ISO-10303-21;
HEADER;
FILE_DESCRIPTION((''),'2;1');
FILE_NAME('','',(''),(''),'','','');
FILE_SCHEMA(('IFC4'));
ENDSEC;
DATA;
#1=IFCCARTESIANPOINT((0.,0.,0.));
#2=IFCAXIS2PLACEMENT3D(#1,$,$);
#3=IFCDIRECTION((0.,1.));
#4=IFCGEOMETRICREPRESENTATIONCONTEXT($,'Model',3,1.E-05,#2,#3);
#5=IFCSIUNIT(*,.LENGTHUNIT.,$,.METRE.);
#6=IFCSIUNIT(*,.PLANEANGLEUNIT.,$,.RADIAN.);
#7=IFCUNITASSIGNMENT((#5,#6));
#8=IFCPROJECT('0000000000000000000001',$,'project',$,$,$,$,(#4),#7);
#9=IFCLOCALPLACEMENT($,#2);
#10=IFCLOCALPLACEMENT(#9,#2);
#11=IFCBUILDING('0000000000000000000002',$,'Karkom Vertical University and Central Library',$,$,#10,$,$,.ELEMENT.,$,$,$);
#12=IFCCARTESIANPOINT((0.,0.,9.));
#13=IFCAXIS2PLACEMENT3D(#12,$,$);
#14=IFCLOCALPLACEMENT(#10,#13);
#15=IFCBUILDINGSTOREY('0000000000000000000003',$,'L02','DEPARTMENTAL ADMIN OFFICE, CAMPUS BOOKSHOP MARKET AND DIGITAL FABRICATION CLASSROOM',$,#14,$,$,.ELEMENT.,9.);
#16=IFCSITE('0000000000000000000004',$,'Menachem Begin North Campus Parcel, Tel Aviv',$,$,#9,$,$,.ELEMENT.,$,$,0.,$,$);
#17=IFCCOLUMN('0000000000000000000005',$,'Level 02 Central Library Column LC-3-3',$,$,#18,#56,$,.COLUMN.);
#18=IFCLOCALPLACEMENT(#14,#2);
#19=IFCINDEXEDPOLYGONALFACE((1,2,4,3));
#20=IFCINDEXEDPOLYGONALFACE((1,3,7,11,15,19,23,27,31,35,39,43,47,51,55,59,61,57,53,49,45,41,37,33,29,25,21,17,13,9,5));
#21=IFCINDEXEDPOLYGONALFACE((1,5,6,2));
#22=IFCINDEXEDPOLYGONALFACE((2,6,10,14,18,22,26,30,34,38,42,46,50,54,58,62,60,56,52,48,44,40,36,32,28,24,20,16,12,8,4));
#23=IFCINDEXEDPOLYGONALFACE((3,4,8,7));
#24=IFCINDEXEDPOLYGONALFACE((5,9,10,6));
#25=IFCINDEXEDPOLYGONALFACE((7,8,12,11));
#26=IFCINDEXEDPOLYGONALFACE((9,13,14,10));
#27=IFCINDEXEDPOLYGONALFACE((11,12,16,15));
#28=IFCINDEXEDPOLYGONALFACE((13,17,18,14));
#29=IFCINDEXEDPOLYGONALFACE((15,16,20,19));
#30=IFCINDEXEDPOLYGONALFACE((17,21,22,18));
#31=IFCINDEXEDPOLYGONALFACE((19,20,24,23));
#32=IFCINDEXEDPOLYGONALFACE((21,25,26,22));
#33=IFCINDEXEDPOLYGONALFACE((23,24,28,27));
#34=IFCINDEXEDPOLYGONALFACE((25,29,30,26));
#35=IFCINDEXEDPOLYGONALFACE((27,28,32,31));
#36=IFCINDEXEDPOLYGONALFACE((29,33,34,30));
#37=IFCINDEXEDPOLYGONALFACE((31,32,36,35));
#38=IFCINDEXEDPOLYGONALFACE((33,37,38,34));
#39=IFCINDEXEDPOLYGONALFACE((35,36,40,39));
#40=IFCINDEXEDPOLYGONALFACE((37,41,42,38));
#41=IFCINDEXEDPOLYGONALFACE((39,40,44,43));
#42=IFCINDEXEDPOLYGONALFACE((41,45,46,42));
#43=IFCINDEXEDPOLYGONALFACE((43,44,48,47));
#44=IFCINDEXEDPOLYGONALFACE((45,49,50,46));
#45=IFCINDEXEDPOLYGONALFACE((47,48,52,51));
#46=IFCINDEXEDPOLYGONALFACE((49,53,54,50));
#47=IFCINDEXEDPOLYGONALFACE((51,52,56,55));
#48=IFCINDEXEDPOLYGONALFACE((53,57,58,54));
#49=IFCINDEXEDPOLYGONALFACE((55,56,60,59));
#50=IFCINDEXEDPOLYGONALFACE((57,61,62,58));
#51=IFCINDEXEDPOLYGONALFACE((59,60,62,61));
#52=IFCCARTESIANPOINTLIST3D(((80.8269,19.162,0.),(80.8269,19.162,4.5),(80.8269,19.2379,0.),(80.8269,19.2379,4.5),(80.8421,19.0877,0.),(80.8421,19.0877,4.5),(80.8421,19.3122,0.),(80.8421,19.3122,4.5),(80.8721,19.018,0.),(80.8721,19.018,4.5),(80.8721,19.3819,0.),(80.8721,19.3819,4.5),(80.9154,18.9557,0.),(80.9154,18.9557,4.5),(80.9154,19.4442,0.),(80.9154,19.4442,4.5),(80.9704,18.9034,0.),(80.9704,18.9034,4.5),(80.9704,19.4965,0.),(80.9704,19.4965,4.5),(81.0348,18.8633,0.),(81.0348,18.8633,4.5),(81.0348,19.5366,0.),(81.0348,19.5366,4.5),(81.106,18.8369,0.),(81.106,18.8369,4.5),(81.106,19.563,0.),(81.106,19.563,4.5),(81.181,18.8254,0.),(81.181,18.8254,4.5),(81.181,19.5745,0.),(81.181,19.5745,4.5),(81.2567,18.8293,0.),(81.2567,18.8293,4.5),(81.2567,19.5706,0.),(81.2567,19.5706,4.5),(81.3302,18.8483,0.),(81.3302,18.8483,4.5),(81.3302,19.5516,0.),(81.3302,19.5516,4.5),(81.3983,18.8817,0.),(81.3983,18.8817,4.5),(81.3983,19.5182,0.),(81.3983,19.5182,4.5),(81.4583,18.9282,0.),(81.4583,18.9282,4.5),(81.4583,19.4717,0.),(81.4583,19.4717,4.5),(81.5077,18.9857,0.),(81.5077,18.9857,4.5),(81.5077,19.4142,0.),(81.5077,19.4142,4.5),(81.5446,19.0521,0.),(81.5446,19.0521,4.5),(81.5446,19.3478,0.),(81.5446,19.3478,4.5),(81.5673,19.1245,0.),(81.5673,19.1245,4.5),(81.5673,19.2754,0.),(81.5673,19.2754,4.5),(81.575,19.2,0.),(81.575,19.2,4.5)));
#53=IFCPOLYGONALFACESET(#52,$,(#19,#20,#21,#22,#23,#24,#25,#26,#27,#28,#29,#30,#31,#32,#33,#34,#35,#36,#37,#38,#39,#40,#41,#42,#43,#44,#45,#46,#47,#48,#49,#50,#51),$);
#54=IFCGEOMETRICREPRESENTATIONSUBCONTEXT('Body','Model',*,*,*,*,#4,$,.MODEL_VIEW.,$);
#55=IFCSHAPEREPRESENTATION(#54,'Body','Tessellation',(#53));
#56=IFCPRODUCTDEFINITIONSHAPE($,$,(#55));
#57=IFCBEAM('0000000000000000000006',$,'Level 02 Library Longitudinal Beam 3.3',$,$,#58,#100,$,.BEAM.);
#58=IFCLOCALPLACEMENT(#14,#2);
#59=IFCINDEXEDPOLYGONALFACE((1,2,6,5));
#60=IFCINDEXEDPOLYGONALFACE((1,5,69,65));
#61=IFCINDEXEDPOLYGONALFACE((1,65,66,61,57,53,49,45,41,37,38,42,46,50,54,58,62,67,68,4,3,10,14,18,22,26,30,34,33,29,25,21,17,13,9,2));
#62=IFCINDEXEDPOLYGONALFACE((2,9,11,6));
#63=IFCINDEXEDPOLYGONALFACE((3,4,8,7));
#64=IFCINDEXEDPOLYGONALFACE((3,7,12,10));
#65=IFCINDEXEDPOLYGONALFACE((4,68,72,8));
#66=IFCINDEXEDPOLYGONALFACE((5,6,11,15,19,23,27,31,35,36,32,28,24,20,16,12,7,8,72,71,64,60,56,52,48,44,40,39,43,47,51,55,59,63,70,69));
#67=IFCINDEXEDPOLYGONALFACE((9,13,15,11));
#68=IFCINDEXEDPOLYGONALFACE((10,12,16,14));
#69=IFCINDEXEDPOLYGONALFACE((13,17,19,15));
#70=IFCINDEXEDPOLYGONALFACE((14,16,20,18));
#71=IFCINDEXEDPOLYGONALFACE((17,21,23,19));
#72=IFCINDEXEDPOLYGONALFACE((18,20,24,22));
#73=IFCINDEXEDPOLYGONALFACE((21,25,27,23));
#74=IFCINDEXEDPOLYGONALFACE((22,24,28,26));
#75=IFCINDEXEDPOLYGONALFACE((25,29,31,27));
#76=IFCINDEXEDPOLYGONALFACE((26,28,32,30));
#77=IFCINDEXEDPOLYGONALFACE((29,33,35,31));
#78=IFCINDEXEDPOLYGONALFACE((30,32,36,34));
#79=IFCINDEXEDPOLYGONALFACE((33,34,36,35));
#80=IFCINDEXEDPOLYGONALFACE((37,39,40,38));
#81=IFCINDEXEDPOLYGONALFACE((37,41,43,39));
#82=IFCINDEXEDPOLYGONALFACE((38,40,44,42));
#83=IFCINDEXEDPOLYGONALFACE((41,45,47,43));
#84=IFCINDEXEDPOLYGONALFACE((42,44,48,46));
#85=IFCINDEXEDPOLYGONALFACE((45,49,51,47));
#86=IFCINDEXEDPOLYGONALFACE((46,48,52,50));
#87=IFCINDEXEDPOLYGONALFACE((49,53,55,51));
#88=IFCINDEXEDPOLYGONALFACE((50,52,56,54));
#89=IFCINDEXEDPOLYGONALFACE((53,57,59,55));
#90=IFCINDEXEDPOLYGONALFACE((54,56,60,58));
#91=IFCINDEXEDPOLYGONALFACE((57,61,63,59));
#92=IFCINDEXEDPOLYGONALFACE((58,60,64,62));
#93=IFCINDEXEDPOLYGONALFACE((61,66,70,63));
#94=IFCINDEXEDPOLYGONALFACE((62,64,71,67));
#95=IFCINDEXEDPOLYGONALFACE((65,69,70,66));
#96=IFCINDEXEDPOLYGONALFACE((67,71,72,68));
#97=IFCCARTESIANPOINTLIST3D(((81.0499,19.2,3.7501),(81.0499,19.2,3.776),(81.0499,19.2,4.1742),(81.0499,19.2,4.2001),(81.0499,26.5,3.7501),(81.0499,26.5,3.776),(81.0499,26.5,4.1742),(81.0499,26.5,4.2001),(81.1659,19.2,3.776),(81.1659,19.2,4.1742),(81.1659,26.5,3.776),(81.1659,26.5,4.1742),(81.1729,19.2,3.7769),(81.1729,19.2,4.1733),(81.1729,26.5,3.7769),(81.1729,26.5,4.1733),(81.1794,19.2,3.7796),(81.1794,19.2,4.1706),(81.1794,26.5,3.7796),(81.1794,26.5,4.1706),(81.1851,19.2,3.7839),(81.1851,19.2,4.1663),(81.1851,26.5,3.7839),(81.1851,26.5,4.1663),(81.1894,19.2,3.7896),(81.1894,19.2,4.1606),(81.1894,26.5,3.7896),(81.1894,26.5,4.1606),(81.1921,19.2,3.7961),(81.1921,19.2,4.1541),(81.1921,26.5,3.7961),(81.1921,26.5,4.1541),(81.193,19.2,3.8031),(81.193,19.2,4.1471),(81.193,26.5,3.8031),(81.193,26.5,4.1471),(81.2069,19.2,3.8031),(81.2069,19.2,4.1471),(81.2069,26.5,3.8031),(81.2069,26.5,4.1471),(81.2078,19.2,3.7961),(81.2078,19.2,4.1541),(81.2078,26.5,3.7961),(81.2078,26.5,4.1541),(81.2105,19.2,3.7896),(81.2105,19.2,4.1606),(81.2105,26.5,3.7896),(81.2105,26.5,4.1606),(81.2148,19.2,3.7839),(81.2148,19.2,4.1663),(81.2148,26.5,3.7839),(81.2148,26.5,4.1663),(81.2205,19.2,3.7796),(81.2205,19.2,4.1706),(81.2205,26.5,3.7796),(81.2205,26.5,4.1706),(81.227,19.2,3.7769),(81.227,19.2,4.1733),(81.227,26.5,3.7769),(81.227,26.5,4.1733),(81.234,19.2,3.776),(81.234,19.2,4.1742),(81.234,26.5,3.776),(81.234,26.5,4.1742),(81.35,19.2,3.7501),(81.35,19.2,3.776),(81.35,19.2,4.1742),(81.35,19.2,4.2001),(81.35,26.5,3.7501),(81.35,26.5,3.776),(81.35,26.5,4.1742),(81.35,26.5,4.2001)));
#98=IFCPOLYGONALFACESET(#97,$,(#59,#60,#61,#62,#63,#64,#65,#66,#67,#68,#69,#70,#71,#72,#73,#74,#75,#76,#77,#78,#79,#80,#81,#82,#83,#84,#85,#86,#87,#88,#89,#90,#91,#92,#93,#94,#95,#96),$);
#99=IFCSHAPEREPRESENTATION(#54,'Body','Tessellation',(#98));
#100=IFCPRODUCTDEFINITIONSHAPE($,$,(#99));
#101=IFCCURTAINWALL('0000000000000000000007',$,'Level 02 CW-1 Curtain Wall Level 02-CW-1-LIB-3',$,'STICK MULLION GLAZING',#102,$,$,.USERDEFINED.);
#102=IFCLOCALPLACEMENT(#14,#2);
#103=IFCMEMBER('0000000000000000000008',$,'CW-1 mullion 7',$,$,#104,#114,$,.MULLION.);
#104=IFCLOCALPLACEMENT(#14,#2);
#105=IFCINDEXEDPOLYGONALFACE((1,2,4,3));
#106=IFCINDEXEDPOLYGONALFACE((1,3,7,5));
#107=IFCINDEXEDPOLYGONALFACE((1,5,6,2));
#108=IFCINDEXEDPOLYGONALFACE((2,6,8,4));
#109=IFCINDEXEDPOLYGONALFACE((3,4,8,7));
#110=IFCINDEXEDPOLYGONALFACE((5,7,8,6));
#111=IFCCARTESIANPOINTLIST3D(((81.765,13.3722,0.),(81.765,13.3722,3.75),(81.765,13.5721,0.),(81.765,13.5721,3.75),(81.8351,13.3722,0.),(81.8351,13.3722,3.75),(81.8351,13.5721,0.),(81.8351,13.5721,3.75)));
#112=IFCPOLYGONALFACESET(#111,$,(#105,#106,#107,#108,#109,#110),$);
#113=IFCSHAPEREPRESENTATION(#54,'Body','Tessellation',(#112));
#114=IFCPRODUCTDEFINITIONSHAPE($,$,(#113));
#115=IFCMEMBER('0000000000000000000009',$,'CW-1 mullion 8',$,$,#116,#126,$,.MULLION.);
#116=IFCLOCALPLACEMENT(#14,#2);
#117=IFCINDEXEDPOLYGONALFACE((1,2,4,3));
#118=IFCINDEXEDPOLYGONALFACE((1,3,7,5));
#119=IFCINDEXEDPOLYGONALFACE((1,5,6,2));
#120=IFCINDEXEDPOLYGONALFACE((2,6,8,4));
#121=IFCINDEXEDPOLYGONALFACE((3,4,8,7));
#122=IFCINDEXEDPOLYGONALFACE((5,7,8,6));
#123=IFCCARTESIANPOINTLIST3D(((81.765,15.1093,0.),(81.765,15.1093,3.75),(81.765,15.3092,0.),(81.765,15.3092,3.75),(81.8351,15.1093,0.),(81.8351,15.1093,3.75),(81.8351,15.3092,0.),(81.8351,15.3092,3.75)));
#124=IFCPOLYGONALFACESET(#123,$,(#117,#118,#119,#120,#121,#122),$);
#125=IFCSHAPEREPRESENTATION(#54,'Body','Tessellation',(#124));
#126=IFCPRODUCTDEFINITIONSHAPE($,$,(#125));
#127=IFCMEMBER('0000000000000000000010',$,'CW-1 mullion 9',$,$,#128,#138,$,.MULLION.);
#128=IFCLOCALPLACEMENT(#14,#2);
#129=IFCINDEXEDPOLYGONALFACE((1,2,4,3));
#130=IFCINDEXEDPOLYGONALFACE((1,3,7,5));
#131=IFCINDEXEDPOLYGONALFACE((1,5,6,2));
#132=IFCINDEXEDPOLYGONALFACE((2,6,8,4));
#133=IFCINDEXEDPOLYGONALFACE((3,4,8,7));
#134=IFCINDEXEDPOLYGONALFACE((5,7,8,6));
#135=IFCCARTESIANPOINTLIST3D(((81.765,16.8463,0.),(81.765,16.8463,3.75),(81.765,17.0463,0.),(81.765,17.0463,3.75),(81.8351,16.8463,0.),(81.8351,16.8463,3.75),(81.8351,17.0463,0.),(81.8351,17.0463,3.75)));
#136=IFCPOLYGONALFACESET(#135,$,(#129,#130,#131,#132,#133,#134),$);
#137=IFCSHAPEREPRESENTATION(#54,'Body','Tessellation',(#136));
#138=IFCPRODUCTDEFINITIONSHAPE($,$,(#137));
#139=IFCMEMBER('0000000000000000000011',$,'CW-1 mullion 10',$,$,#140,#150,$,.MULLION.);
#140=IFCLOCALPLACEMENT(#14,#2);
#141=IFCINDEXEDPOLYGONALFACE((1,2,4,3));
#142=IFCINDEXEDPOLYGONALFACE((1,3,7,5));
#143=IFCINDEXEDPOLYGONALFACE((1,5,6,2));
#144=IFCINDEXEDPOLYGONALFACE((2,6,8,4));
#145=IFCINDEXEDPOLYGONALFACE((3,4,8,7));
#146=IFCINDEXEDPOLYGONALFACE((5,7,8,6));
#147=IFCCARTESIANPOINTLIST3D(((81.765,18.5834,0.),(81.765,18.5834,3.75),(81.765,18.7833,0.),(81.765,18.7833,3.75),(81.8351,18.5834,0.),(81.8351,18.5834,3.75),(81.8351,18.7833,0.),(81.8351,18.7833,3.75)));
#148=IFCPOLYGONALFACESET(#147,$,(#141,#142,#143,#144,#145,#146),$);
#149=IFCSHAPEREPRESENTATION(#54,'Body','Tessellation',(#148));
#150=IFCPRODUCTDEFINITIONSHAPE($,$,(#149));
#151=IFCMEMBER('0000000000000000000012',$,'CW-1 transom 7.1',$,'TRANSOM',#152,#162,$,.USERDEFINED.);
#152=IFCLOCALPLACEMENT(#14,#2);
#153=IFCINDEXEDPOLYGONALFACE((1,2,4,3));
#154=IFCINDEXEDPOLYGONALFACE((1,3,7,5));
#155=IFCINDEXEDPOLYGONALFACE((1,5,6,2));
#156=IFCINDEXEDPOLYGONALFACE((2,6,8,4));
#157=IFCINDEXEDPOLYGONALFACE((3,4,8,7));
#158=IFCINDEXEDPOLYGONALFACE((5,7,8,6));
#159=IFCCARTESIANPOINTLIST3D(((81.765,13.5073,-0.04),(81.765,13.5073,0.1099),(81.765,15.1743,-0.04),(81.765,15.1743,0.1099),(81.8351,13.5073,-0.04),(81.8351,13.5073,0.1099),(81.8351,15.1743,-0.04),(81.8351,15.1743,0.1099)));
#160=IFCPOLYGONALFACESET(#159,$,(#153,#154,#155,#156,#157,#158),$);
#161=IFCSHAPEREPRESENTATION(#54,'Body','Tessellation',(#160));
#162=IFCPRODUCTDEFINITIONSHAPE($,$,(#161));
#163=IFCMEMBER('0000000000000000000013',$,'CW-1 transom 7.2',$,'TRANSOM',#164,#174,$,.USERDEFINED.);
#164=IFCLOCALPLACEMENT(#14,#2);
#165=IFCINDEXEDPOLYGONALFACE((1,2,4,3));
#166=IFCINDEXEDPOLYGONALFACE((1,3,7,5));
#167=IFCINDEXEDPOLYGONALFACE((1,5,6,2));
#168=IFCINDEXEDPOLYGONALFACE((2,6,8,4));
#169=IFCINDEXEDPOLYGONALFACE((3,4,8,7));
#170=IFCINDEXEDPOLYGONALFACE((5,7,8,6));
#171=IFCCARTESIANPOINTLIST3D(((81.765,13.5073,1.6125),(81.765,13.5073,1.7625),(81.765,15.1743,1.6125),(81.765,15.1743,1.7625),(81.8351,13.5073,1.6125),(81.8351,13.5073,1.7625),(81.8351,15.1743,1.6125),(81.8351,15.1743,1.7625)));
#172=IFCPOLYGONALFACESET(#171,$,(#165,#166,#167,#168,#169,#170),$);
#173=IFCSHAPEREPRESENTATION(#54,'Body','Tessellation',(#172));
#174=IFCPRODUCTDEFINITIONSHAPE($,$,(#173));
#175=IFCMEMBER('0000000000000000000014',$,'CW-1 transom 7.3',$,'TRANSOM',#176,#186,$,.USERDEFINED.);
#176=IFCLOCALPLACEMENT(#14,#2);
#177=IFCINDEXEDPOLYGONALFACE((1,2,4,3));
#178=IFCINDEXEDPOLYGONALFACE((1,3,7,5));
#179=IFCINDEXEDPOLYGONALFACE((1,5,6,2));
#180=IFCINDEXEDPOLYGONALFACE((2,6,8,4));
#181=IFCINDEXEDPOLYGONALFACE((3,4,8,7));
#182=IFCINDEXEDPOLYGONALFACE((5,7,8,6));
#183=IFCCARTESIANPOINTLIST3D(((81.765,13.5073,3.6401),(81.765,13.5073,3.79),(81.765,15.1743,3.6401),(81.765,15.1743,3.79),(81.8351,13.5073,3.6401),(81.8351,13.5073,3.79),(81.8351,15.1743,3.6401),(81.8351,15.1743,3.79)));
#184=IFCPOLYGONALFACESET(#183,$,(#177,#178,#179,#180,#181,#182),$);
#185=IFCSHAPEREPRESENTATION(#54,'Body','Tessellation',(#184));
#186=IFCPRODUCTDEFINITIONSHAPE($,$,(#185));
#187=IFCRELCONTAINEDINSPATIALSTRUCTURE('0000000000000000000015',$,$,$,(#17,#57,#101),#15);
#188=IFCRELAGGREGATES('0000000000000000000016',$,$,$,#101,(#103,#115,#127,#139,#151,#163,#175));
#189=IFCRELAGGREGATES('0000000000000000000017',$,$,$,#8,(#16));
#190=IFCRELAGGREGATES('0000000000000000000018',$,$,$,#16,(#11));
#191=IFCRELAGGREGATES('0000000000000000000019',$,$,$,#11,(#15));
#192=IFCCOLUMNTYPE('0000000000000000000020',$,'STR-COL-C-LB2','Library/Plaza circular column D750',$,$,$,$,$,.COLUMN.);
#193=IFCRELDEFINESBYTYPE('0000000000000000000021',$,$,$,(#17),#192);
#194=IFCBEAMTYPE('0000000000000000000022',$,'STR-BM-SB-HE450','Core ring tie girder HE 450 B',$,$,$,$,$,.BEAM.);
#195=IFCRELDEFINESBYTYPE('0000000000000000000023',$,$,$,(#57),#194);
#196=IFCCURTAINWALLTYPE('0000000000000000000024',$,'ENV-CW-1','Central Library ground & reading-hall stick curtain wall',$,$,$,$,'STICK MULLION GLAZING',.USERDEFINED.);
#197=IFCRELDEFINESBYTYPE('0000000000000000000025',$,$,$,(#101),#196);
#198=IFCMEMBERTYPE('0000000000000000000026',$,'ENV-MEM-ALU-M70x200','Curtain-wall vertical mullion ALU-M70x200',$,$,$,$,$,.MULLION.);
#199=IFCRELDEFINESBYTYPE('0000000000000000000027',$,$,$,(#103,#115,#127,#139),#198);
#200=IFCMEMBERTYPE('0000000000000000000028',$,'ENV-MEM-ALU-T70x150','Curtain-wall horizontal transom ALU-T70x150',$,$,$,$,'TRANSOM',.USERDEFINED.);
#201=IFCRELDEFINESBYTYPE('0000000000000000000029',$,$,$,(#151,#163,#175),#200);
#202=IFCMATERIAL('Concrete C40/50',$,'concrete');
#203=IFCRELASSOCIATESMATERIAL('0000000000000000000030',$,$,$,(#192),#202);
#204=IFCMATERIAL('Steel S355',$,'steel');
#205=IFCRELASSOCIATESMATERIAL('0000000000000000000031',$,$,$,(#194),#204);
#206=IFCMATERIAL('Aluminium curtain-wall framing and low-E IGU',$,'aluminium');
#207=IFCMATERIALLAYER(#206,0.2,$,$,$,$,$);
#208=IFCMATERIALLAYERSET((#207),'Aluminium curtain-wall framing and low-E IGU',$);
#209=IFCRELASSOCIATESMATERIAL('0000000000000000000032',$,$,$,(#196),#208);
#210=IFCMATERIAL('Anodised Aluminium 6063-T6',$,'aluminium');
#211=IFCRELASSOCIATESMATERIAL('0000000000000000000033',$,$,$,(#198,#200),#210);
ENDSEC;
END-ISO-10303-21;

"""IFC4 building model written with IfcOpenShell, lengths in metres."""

from ifc_helpers import new_model, si_unit, direction, frame, origin, origin_with_axes, origin_2d, place, context, subcontext, project, spatial, rectangle, circle, i_section, extrude, source, transform, mapped, material, layer, layer_set, material_profile, profile_set, type_object, element, aggregate, save


model = new_model("IFC4")

# Units and contexts
model_context = context("Model", 3, precision=1e-05, world=origin(), true_north=direction((0.0, 1.0)))
body_context = subcontext(model_context, "Body", "Model", "MODEL_VIEW")
ifc_project = project(units=[si_unit("LENGTHUNIT", "METRE"), si_unit("PLANEANGLEUNIT", "RADIAN")], contexts=[model_context])

# Site, building, storey
site_placement = place(None, origin())
site = spatial("IfcSite", under=ifc_project, at=site_placement, Name="Menachem Begin North Campus Parcel, Tel Aviv", CompositionType="ELEMENT", RefElevation=0.0)
building_placement = place(site_placement, origin())
building = spatial("IfcBuilding", under=site, at=building_placement, Name="Karkom Vertical University and Central Library", CompositionType="ELEMENT")
storey_placement = place(building_placement, frame((0.0, 0.0, 9.0)))
storey = spatial("IfcBuildingStorey", under=building, at=storey_placement, Name="L02", Description="DEPARTMENTAL ADMIN OFFICE, CAMPUS BOOKSHOP MARKET AND DIGITAL FABRICATION CLASSROOM", CompositionType="ELEMENT", Elevation=9.0)

# Column
ifc_material_1 = material(Name="Concrete C40/50", Category="concrete")
ifc_material_profile_1 = material_profile(ifc_material_1, circle(Radius=0.375, at=origin_2d()), Name="RC-D750")
ifc_profile_set_1 = profile_set([ifc_material_profile_1], Name="Concrete C40/50")
column_type = type_object("IfcColumnType", Name="STR-COL-C-LB2", Description="Library/Plaza circular column D750", PredefinedType="COLUMN", material=ifc_profile_set_1)
shared_shape_1 = source(origin_with_axes(), body_context, "Body", "SweptSolid", [
    extrude(circle(Radius=0.375, at=origin_2d()), origin(), (0.0, 0.0, 1.0), 4.5),
])
column_placement = place(storey_placement, frame((81.2, 19.2, 0.0), z_axis=(0.0, 0.0, 1.0), x_axis=(1.0, 0.0, 0.0)))
element("IfcColumn", 1, at=column_placement, inside=storey, type_object=column_type, Name="Level 02 Central Library Column LC-3-3", PredefinedType="COLUMN", context=body_context, shape_type="MappedRepresentation", body=[
    mapped(shared_shape_1, transform((0.0, 0.0, 0.0), scale=1.0)),
])

# Beam
ifc_material_2 = material(Name="Steel S355", Category="steel")
ifc_material_profile_2 = material_profile(ifc_material_2, i_section(OverallWidth=0.3, OverallDepth=0.45, WebThickness=0.0139, FlangeThickness=0.0259, FilletRadius=0.0271, at=origin_2d()), Name="HE 450 B")
ifc_profile_set_2 = profile_set([ifc_material_profile_2], Name="Steel S355")
beam_type = type_object("IfcBeamType", Name="STR-BM-SB-HE450", Description="Core ring tie girder HE 450 B", PredefinedType="BEAM", material=ifc_profile_set_2)
shared_shape_2 = source(origin_with_axes(), body_context, "Body", "SweptSolid", [
    extrude(i_section(OverallWidth=0.3, OverallDepth=0.45, WebThickness=0.0139, FlangeThickness=0.0259, FilletRadius=0.0271, at=origin_2d()), origin(), (0.0, 0.0, 1.0), 7.3),
])
beam_placement = place(storey_placement, frame((81.2, 19.2, 3.9751), z_axis=(0.0, 1.0, 0.0), x_axis=(-1.0, 0.0, 0.0)))
element("IfcBeam", 2, at=beam_placement, inside=storey, type_object=beam_type, Name="Level 02 Library Longitudinal Beam 3.3", PredefinedType="BEAM", context=body_context, shape_type="MappedRepresentation", body=[
    mapped(shared_shape_2, transform((0.0, 0.0, 0.0), scale=1.0)),
])

# Curtain wall, members
ifc_material_3 = material(Name="Aluminium curtain-wall framing and low-E IGU", Category="aluminium")
ifc_layer_1 = layer(ifc_material_3, 0.2)
ifc_layer_set_1 = layer_set([ifc_layer_1], Name="Aluminium curtain-wall framing and low-E IGU")
curtain_wall_type = type_object("IfcCurtainWallType", Name="ENV-CW-1", Description="Central Library ground & reading-hall stick curtain wall", ElementType="STICK MULLION GLAZING", PredefinedType="USERDEFINED", material=ifc_layer_set_1)
curtain_wall_placement = place(storey_placement, origin())
curtain_wall = element("IfcCurtainWall", 3, at=curtain_wall_placement, inside=storey, type_object=curtain_wall_type, Name="Level 02 CW-1 Curtain Wall Level 02-CW-1-LIB-3", ObjectType="STICK MULLION GLAZING", PredefinedType="USERDEFINED")
ifc_material_4 = material(Name="Anodised Aluminium 6063-T6", Category="aluminium")
ifc_material_profile_3 = material_profile(ifc_material_4, rectangle(XDim=0.0701, YDim=0.2, at=origin_2d()), Name="ALU-M70x200")
ifc_profile_set_3 = profile_set([ifc_material_profile_3], Name="Anodised Aluminium 6063-T6")
member_type_1 = type_object("IfcMemberType", Name="ENV-MEM-ALU-M70x200", Description="Curtain-wall vertical mullion ALU-M70x200", PredefinedType="MULLION", material=ifc_profile_set_3)
shared_shape_3 = source(origin_with_axes(), body_context, "Body", "SweptSolid", [
    extrude(rectangle(XDim=0.0701, YDim=0.2, at=origin_2d()), origin(), (0.0, 0.0, 1.0), 3.75),
])
member_1_placement = place(storey_placement, frame((81.8, 13.4722, 0.0), z_axis=(0.0, 0.0, 1.0), x_axis=(-1.0, 0.0, 0.0)))
member_1 = element("IfcMember", 4, at=member_1_placement, type_object=member_type_1, Name="CW-1 mullion 7", PredefinedType="MULLION", context=body_context, shape_type="MappedRepresentation", body=[
    mapped(shared_shape_3, transform((0.0, 0.0, 0.0), scale=1.0)),
])
member_2_placement = place(storey_placement, frame((81.8, 15.2092, 0.0), z_axis=(0.0, 0.0, 1.0), x_axis=(-1.0, 0.0, 0.0)))
member_2 = element("IfcMember", 5, at=member_2_placement, type_object=member_type_1, Name="CW-1 mullion 8", PredefinedType="MULLION", context=body_context, shape_type="MappedRepresentation", body=[
    mapped(shared_shape_3, transform((0.0, 0.0, 0.0), scale=1.0)),
])
member_3_placement = place(storey_placement, frame((81.8, 16.9463, 0.0), z_axis=(0.0, 0.0, 1.0), x_axis=(-1.0, 0.0, 0.0)))
member_3 = element("IfcMember", 6, at=member_3_placement, type_object=member_type_1, Name="CW-1 mullion 9", PredefinedType="MULLION", context=body_context, shape_type="MappedRepresentation", body=[
    mapped(shared_shape_3, transform((0.0, 0.0, 0.0), scale=1.0)),
])
member_4_placement = place(storey_placement, frame((81.8, 18.6833, 0.0), z_axis=(0.0, 0.0, 1.0), x_axis=(-1.0, 0.0, 0.0)))
member_4 = element("IfcMember", 7, at=member_4_placement, type_object=member_type_1, Name="CW-1 mullion 10", PredefinedType="MULLION", context=body_context, shape_type="MappedRepresentation", body=[
    mapped(shared_shape_3, transform((0.0, 0.0, 0.0), scale=1.0)),
])
ifc_material_profile_4 = material_profile(ifc_material_4, rectangle(XDim=0.0701, YDim=0.1499, at=origin_2d()), Name="ALU-T70x150")
ifc_profile_set_4 = profile_set([ifc_material_profile_4], Name="Anodised Aluminium 6063-T6")
member_type_2 = type_object("IfcMemberType", Name="ENV-MEM-ALU-T70x150", Description="Curtain-wall horizontal transom ALU-T70x150", ElementType="TRANSOM", PredefinedType="USERDEFINED", material=ifc_profile_set_4)
shared_shape_4 = source(origin_with_axes(), body_context, "Body", "SweptSolid", [
    extrude(rectangle(XDim=0.0701, YDim=0.1499, at=origin_2d()), origin(), (0.0, 0.0, 1.0), 1.667),
])
member_5_placement = place(storey_placement, frame((81.8, 13.5073, 0.0349), z_axis=(0.0, 1.0, 0.0), x_axis=(-1.0, 0.0, 0.0)))
member_5 = element("IfcMember", 8, at=member_5_placement, type_object=member_type_2, Name="CW-1 transom 7.1", ObjectType="TRANSOM", PredefinedType="USERDEFINED", context=body_context, shape_type="MappedRepresentation", body=[
    mapped(shared_shape_4, transform((0.0, 0.0, 0.0), scale=1.0)),
])
member_6_placement = place(storey_placement, frame((81.8, 13.5073, 1.6875), z_axis=(0.0, 1.0, 0.0), x_axis=(-1.0, 0.0, 0.0)))
member_6 = element("IfcMember", 9, at=member_6_placement, type_object=member_type_2, Name="CW-1 transom 7.2", ObjectType="TRANSOM", PredefinedType="USERDEFINED", context=body_context, shape_type="MappedRepresentation", body=[
    mapped(shared_shape_4, transform((0.0, 0.0, 0.0), scale=1.0)),
])
member_7_placement = place(storey_placement, frame((81.8, 13.5073, 3.7151), z_axis=(0.0, 1.0, 0.0), x_axis=(-1.0, 0.0, 0.0)))
member_7 = element("IfcMember", 10, at=member_7_placement, type_object=member_type_2, Name="CW-1 transom 7.3", ObjectType="TRANSOM", PredefinedType="USERDEFINED", context=body_context, shape_type="MappedRepresentation", body=[
    mapped(shared_shape_4, transform((0.0, 0.0, 0.0), scale=1.0)),
])
aggregate(curtain_wall, [member_1, member_2, member_3, member_4, member_5, member_6, member_7])

save(model, "model.ifc")
